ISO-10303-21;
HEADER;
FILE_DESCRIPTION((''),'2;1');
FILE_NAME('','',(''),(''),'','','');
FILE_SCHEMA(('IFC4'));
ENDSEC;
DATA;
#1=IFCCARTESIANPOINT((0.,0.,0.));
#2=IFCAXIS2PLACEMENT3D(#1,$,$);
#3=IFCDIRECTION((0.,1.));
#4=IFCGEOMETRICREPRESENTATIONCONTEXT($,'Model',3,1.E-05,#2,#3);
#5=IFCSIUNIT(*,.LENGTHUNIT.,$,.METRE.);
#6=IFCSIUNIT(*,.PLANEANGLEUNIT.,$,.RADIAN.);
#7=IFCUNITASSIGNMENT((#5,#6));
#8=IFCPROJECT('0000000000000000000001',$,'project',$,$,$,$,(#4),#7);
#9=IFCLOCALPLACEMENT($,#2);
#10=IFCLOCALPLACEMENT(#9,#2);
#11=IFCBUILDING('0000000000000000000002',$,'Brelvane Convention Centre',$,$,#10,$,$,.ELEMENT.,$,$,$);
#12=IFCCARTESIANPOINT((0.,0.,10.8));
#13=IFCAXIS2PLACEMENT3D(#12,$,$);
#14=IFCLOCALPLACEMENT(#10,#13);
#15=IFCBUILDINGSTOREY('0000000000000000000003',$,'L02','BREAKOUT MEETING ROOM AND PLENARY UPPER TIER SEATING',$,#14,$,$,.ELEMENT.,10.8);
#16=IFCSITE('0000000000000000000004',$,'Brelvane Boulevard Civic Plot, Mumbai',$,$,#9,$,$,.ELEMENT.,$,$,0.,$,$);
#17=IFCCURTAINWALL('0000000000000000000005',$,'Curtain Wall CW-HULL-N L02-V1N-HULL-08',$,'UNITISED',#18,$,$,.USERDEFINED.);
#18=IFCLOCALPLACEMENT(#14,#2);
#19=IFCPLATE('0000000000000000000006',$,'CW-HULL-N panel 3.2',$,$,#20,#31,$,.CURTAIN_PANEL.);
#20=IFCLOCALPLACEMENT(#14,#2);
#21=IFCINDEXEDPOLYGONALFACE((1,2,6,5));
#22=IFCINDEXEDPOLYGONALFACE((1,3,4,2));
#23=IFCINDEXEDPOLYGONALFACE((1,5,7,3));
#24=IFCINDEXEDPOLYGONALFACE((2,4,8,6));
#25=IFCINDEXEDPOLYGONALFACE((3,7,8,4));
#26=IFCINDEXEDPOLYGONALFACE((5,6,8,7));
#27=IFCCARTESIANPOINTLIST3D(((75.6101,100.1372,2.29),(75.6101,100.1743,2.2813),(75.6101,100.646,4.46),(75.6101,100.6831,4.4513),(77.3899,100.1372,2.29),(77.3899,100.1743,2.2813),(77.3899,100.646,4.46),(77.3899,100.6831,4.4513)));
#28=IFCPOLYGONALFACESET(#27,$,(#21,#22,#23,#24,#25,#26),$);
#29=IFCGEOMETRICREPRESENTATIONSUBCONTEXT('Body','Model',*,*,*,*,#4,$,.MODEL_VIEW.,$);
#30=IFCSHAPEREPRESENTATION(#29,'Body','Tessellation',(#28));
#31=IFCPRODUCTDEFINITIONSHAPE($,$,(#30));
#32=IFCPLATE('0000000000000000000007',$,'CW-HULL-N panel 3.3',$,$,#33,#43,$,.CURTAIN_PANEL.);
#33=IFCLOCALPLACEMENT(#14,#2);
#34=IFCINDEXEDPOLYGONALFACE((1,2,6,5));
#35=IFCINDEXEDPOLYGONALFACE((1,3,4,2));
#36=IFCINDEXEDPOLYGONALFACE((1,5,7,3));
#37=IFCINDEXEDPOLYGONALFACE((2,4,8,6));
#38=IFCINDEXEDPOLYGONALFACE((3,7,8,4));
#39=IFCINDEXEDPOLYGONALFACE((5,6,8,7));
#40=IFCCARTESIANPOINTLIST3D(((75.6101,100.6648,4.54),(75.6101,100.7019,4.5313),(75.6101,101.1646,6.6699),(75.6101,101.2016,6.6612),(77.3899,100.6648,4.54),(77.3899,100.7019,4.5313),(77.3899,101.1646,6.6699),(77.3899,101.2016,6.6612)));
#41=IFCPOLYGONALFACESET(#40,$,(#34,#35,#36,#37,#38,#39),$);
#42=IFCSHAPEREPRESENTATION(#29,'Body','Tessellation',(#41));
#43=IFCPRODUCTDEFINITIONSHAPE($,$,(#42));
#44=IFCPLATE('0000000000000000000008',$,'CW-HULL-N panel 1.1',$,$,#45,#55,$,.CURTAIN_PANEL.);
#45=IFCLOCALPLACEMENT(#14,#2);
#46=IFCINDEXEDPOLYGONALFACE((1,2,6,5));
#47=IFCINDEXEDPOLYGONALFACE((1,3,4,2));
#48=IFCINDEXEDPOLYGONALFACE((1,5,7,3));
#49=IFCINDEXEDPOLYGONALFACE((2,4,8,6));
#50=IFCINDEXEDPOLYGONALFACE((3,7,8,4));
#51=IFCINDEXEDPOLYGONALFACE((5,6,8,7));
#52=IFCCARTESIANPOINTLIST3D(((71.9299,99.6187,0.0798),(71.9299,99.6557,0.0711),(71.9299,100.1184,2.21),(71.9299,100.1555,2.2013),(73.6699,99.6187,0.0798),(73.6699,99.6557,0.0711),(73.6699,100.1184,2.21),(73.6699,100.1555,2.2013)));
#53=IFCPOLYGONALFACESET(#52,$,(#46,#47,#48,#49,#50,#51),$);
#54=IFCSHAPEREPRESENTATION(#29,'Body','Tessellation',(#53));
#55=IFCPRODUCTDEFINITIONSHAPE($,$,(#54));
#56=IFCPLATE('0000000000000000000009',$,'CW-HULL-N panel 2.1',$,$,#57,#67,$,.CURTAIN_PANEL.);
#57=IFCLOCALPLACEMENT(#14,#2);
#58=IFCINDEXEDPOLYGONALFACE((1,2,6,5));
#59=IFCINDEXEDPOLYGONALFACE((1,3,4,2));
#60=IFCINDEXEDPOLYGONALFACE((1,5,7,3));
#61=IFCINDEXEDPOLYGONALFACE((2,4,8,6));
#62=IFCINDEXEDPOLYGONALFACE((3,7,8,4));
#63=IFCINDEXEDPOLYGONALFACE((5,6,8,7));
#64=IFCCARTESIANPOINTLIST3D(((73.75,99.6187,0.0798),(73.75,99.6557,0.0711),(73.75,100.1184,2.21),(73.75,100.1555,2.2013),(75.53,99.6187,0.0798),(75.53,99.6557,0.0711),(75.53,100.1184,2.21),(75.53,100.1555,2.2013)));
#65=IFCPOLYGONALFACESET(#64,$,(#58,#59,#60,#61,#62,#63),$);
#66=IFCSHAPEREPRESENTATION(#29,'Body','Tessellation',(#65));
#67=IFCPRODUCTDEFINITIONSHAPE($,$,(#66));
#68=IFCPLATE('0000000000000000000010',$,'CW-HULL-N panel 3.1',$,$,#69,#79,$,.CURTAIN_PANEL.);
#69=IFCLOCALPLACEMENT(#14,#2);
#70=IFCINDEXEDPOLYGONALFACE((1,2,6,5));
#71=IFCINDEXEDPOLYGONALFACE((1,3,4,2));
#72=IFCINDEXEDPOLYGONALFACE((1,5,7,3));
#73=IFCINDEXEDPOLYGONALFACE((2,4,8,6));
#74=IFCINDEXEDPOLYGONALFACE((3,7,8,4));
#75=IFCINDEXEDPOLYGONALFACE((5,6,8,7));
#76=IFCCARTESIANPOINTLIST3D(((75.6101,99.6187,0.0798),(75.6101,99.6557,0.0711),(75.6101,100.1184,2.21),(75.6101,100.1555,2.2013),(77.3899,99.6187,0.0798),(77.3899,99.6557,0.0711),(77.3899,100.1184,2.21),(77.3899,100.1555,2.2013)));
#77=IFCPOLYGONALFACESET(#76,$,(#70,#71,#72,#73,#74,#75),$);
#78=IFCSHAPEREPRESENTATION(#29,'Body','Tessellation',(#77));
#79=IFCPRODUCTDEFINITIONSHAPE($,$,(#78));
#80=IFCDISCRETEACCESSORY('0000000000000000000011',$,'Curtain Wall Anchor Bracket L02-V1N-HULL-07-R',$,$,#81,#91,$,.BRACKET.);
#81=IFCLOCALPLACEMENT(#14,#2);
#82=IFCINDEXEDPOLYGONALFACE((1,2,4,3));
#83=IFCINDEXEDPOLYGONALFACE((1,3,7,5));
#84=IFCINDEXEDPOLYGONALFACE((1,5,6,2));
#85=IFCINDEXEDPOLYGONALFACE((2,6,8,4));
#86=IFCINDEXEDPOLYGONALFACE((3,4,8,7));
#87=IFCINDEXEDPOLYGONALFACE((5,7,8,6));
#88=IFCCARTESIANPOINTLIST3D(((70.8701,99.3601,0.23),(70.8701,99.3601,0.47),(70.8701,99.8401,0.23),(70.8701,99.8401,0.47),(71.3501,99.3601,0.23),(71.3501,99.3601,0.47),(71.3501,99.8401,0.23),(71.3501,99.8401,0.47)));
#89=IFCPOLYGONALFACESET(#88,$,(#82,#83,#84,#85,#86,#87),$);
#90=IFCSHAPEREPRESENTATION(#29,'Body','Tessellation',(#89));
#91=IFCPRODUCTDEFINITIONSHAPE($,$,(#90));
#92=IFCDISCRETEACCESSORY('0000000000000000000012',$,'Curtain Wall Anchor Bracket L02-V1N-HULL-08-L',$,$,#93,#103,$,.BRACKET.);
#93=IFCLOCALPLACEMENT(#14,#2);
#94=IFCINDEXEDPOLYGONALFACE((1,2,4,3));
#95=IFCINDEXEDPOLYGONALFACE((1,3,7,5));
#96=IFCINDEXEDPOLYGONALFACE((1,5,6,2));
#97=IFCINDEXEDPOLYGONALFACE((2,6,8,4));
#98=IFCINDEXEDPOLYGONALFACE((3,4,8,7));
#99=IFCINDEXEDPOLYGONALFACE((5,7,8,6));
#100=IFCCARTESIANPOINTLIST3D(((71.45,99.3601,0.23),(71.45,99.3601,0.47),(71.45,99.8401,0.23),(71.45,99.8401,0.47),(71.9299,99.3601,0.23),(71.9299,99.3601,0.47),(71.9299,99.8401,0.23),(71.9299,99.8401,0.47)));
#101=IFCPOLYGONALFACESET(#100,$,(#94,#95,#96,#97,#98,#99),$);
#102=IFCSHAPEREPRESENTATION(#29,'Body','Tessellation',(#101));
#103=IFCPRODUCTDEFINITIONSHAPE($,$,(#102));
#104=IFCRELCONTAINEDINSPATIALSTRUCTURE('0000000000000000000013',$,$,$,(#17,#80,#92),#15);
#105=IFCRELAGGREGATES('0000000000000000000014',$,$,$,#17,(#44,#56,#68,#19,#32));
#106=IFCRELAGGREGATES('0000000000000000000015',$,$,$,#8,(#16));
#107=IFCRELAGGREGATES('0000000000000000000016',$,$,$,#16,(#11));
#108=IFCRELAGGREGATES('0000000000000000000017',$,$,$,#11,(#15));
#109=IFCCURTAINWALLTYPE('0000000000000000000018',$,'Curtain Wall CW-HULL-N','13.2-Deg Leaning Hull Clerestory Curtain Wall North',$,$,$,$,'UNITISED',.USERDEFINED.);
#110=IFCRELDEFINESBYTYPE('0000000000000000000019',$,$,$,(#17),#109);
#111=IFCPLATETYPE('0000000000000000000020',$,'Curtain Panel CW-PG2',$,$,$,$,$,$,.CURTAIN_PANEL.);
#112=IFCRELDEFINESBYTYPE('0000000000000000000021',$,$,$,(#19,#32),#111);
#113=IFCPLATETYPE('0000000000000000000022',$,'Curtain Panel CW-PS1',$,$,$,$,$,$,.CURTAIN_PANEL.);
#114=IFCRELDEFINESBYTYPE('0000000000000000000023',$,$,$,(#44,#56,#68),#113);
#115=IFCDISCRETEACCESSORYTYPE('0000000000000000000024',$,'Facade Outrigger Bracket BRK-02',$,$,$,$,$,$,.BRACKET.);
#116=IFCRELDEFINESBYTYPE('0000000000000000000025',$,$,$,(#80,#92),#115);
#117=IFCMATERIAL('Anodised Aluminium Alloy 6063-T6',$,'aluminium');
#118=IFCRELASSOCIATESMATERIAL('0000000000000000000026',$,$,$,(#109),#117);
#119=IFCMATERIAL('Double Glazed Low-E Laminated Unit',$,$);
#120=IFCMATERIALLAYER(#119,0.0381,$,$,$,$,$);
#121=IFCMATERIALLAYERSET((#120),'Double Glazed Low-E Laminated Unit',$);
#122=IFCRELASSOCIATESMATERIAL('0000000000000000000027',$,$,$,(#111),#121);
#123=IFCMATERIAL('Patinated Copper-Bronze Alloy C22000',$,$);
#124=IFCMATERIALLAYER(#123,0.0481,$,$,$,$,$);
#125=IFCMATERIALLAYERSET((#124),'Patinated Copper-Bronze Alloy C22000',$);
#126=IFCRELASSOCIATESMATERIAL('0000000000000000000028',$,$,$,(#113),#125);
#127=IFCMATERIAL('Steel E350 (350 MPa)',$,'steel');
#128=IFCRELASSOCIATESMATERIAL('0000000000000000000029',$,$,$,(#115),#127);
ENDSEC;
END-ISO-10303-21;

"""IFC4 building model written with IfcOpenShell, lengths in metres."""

from ifc_helpers import new_model, si_unit, direction, frame, origin, origin_2d, place, context, subcontext, project, spatial, polyline, rectangle, outline, extrude, material, layer, layer_set, type_object, element, aggregate, save


model = new_model("IFC4")

# Units and contexts
model_context = context("Model", 3, precision=1e-05, world=origin(), true_north=direction((0.0, 1.0)))
body_context = subcontext(model_context, "Body", "Model", "MODEL_VIEW")
ifc_project = project(units=[si_unit("LENGTHUNIT", "METRE"), si_unit("PLANEANGLEUNIT", "RADIAN")], contexts=[model_context])

# Site, building, storey
site_placement = place(None, origin())
site = spatial("IfcSite", under=ifc_project, at=site_placement, Name="Brelvane Boulevard Civic Plot, Mumbai", CompositionType="ELEMENT", RefElevation=0.0)
building_placement = place(site_placement, origin())
building = spatial("IfcBuilding", under=site, at=building_placement, Name="Brelvane Convention Centre", CompositionType="ELEMENT")
storey_placement = place(building_placement, frame((0.0, 0.0, 10.8)))
storey = spatial("IfcBuildingStorey", under=building, at=storey_placement, Name="L02", Description="BREAKOUT MEETING ROOM AND PLENARY UPPER TIER SEATING", CompositionType="ELEMENT", Elevation=10.8)

# Shared definitions
ifc_material_1 = material(Name="Anodised Aluminium Alloy 6063-T6", Category="aluminium")
curtain_wall_type = type_object("IfcCurtainWallType", Name="Curtain Wall CW-HULL-N", Description="13.2-Deg Leaning Hull Clerestory Curtain Wall North", ElementType="UNITISED", PredefinedType="USERDEFINED", material=ifc_material_1)

# Curtain wall
curtain_wall_1_placement = place(storey_placement, origin())
curtain_wall_1 = element("IfcCurtainWall", 1, at=curtain_wall_1_placement, inside=storey, type_object=curtain_wall_type, Name="Curtain Wall CW-HULL-N L02-V1N-HULL-08", ObjectType="UNITISED", PredefinedType="USERDEFINED")

# Plates
ifc_material_2 = material(Name="Double Glazed Low-E Laminated Unit")
ifc_layer_1 = layer(ifc_material_2, 0.0381)
ifc_layer_set_1 = layer_set([ifc_layer_1], Name="Double Glazed Low-E Laminated Unit")
plate_type_1 = type_object("IfcPlateType", Name="Curtain Panel CW-PG2", PredefinedType="CURTAIN_PANEL", material=ifc_layer_set_1)
plate_1_placement = place(storey_placement, frame((75.6101, 100.1372, 2.29), z_axis=(0.0, -0.973595, 0.228282), x_axis=(1.0, 0.0, 0.0)))
plate_1 = element("IfcPlate", 2, at=plate_1_placement, type_object=plate_type_1, Name="CW-HULL-N panel 3.2", PredefinedType="CURTAIN_PANEL", context=body_context, shape_type="SweptSolid", body=[
    extrude(outline(polyline([(0.0, 0.0), (1.7798, 0.0), (1.7798, 2.2288), (0.0, 2.2288), (0.0, 0.0)])), origin(), (0.0, 0.0, -1.0), 0.0381),
])
plate_2_placement = place(storey_placement, frame((75.6101, 100.6648, 4.54), z_axis=(0.0, -0.973559, 0.228436), x_axis=(1.0, 0.0, 0.0)))
plate_2 = element("IfcPlate", 3, at=plate_2_placement, type_object=plate_type_1, Name="CW-HULL-N panel 3.3", PredefinedType="CURTAIN_PANEL", context=body_context, shape_type="SweptSolid", body=[
    extrude(outline(polyline([(0.0, 0.0), (1.7798, 0.0), (1.7798, 2.1877), (0.0, 2.1877), (0.0, 0.0)])), origin(), (0.0, 0.0, -1.0), 0.0381),
])
ifc_material_3 = material(Name="Patinated Copper-Bronze Alloy C22000")
ifc_layer_2 = layer(ifc_material_3, 0.0481)
ifc_layer_set_2 = layer_set([ifc_layer_2], Name="Patinated Copper-Bronze Alloy C22000")
plate_type_2 = type_object("IfcPlateType", Name="Curtain Panel CW-PS1", PredefinedType="CURTAIN_PANEL", material=ifc_layer_set_2)
plate_3_placement = place(storey_placement, frame((71.9299, 99.6187, 0.0798), z_axis=(0.0, -0.973565, 0.228411), x_axis=(1.0, 0.0, 0.0)))
plate_3 = element("IfcPlate", 4, at=plate_3_placement, type_object=plate_type_2, Name="CW-HULL-N panel 1.1", PredefinedType="CURTAIN_PANEL", context=body_context, shape_type="SweptSolid", body=[
    extrude(outline(polyline([(0.0, 0.0), (1.74, 0.0), (1.74, 2.188), (0.0, 2.188), (0.0, 0.0)])), origin(), (0.0, 0.0, -1.0), 0.0381),
])
plate_4_placement = place(storey_placement, frame((73.75, 99.6187, 0.0798), z_axis=(0.0, -0.973565, 0.228411), x_axis=(1.0, 0.0, 0.0)))
plate_4 = element("IfcPlate", 5, at=plate_4_placement, type_object=plate_type_2, Name="CW-HULL-N panel 2.1", PredefinedType="CURTAIN_PANEL", context=body_context, shape_type="SweptSolid", body=[
    extrude(outline(polyline([(0.0, 0.0), (1.78, 0.0), (1.78, 2.188), (0.0, 2.188), (0.0, 0.0)])), origin(), (0.0, 0.0, -1.0), 0.0381),
])
plate_5_placement = place(storey_placement, frame((75.6101, 99.6187, 0.0798), z_axis=(0.0, -0.973565, 0.228411), x_axis=(1.0, 0.0, 0.0)))
plate_5 = element("IfcPlate", 6, at=plate_5_placement, type_object=plate_type_2, Name="CW-HULL-N panel 3.1", PredefinedType="CURTAIN_PANEL", context=body_context, shape_type="SweptSolid", body=[
    extrude(outline(polyline([(0.0, 0.0), (1.7798, 0.0), (1.7798, 2.188), (0.0, 2.188), (0.0, 0.0)])), origin(), (0.0, 0.0, -1.0), 0.0381),
])
aggregate(curtain_wall_1, [plate_3, plate_4, plate_5, plate_1, plate_2])

# Discrete accessories
ifc_material_4 = material(Name="Steel E350 (350 MPa)", Category="steel")
discrete_accessory_type = type_object("IfcDiscreteAccessoryType", Name="Facade Outrigger Bracket BRK-02", PredefinedType="BRACKET", material=ifc_material_4)
for number, where, z_axis, x_axis, name in (
    (7, (71.1101, 99.6001, 0.23), (0.0, 0.0, 1.0), (1.0, 0.0, 0.0), "Curtain Wall Anchor Bracket L02-V1N-HULL-07-R"),
    (8, (71.6899, 99.6001, 0.23), (0.0, 0.0, 1.0), (1.0, 0.0, 0.0), "Curtain Wall Anchor Bracket L02-V1N-HULL-08-L"),
):
    element("IfcDiscreteAccessory", number, at=place(storey_placement, frame(where, z_axis=z_axis, x_axis=x_axis)), inside=storey, type_object=discrete_accessory_type, Name=name, PredefinedType="BRACKET", context=body_context, shape_type="SweptSolid", body=[
        extrude(rectangle(XDim=0.48, YDim=0.48, at=origin_2d()), origin(), (0.0, 0.0, 1.0), 0.24),
    ])

save(model, "model.ifc")
